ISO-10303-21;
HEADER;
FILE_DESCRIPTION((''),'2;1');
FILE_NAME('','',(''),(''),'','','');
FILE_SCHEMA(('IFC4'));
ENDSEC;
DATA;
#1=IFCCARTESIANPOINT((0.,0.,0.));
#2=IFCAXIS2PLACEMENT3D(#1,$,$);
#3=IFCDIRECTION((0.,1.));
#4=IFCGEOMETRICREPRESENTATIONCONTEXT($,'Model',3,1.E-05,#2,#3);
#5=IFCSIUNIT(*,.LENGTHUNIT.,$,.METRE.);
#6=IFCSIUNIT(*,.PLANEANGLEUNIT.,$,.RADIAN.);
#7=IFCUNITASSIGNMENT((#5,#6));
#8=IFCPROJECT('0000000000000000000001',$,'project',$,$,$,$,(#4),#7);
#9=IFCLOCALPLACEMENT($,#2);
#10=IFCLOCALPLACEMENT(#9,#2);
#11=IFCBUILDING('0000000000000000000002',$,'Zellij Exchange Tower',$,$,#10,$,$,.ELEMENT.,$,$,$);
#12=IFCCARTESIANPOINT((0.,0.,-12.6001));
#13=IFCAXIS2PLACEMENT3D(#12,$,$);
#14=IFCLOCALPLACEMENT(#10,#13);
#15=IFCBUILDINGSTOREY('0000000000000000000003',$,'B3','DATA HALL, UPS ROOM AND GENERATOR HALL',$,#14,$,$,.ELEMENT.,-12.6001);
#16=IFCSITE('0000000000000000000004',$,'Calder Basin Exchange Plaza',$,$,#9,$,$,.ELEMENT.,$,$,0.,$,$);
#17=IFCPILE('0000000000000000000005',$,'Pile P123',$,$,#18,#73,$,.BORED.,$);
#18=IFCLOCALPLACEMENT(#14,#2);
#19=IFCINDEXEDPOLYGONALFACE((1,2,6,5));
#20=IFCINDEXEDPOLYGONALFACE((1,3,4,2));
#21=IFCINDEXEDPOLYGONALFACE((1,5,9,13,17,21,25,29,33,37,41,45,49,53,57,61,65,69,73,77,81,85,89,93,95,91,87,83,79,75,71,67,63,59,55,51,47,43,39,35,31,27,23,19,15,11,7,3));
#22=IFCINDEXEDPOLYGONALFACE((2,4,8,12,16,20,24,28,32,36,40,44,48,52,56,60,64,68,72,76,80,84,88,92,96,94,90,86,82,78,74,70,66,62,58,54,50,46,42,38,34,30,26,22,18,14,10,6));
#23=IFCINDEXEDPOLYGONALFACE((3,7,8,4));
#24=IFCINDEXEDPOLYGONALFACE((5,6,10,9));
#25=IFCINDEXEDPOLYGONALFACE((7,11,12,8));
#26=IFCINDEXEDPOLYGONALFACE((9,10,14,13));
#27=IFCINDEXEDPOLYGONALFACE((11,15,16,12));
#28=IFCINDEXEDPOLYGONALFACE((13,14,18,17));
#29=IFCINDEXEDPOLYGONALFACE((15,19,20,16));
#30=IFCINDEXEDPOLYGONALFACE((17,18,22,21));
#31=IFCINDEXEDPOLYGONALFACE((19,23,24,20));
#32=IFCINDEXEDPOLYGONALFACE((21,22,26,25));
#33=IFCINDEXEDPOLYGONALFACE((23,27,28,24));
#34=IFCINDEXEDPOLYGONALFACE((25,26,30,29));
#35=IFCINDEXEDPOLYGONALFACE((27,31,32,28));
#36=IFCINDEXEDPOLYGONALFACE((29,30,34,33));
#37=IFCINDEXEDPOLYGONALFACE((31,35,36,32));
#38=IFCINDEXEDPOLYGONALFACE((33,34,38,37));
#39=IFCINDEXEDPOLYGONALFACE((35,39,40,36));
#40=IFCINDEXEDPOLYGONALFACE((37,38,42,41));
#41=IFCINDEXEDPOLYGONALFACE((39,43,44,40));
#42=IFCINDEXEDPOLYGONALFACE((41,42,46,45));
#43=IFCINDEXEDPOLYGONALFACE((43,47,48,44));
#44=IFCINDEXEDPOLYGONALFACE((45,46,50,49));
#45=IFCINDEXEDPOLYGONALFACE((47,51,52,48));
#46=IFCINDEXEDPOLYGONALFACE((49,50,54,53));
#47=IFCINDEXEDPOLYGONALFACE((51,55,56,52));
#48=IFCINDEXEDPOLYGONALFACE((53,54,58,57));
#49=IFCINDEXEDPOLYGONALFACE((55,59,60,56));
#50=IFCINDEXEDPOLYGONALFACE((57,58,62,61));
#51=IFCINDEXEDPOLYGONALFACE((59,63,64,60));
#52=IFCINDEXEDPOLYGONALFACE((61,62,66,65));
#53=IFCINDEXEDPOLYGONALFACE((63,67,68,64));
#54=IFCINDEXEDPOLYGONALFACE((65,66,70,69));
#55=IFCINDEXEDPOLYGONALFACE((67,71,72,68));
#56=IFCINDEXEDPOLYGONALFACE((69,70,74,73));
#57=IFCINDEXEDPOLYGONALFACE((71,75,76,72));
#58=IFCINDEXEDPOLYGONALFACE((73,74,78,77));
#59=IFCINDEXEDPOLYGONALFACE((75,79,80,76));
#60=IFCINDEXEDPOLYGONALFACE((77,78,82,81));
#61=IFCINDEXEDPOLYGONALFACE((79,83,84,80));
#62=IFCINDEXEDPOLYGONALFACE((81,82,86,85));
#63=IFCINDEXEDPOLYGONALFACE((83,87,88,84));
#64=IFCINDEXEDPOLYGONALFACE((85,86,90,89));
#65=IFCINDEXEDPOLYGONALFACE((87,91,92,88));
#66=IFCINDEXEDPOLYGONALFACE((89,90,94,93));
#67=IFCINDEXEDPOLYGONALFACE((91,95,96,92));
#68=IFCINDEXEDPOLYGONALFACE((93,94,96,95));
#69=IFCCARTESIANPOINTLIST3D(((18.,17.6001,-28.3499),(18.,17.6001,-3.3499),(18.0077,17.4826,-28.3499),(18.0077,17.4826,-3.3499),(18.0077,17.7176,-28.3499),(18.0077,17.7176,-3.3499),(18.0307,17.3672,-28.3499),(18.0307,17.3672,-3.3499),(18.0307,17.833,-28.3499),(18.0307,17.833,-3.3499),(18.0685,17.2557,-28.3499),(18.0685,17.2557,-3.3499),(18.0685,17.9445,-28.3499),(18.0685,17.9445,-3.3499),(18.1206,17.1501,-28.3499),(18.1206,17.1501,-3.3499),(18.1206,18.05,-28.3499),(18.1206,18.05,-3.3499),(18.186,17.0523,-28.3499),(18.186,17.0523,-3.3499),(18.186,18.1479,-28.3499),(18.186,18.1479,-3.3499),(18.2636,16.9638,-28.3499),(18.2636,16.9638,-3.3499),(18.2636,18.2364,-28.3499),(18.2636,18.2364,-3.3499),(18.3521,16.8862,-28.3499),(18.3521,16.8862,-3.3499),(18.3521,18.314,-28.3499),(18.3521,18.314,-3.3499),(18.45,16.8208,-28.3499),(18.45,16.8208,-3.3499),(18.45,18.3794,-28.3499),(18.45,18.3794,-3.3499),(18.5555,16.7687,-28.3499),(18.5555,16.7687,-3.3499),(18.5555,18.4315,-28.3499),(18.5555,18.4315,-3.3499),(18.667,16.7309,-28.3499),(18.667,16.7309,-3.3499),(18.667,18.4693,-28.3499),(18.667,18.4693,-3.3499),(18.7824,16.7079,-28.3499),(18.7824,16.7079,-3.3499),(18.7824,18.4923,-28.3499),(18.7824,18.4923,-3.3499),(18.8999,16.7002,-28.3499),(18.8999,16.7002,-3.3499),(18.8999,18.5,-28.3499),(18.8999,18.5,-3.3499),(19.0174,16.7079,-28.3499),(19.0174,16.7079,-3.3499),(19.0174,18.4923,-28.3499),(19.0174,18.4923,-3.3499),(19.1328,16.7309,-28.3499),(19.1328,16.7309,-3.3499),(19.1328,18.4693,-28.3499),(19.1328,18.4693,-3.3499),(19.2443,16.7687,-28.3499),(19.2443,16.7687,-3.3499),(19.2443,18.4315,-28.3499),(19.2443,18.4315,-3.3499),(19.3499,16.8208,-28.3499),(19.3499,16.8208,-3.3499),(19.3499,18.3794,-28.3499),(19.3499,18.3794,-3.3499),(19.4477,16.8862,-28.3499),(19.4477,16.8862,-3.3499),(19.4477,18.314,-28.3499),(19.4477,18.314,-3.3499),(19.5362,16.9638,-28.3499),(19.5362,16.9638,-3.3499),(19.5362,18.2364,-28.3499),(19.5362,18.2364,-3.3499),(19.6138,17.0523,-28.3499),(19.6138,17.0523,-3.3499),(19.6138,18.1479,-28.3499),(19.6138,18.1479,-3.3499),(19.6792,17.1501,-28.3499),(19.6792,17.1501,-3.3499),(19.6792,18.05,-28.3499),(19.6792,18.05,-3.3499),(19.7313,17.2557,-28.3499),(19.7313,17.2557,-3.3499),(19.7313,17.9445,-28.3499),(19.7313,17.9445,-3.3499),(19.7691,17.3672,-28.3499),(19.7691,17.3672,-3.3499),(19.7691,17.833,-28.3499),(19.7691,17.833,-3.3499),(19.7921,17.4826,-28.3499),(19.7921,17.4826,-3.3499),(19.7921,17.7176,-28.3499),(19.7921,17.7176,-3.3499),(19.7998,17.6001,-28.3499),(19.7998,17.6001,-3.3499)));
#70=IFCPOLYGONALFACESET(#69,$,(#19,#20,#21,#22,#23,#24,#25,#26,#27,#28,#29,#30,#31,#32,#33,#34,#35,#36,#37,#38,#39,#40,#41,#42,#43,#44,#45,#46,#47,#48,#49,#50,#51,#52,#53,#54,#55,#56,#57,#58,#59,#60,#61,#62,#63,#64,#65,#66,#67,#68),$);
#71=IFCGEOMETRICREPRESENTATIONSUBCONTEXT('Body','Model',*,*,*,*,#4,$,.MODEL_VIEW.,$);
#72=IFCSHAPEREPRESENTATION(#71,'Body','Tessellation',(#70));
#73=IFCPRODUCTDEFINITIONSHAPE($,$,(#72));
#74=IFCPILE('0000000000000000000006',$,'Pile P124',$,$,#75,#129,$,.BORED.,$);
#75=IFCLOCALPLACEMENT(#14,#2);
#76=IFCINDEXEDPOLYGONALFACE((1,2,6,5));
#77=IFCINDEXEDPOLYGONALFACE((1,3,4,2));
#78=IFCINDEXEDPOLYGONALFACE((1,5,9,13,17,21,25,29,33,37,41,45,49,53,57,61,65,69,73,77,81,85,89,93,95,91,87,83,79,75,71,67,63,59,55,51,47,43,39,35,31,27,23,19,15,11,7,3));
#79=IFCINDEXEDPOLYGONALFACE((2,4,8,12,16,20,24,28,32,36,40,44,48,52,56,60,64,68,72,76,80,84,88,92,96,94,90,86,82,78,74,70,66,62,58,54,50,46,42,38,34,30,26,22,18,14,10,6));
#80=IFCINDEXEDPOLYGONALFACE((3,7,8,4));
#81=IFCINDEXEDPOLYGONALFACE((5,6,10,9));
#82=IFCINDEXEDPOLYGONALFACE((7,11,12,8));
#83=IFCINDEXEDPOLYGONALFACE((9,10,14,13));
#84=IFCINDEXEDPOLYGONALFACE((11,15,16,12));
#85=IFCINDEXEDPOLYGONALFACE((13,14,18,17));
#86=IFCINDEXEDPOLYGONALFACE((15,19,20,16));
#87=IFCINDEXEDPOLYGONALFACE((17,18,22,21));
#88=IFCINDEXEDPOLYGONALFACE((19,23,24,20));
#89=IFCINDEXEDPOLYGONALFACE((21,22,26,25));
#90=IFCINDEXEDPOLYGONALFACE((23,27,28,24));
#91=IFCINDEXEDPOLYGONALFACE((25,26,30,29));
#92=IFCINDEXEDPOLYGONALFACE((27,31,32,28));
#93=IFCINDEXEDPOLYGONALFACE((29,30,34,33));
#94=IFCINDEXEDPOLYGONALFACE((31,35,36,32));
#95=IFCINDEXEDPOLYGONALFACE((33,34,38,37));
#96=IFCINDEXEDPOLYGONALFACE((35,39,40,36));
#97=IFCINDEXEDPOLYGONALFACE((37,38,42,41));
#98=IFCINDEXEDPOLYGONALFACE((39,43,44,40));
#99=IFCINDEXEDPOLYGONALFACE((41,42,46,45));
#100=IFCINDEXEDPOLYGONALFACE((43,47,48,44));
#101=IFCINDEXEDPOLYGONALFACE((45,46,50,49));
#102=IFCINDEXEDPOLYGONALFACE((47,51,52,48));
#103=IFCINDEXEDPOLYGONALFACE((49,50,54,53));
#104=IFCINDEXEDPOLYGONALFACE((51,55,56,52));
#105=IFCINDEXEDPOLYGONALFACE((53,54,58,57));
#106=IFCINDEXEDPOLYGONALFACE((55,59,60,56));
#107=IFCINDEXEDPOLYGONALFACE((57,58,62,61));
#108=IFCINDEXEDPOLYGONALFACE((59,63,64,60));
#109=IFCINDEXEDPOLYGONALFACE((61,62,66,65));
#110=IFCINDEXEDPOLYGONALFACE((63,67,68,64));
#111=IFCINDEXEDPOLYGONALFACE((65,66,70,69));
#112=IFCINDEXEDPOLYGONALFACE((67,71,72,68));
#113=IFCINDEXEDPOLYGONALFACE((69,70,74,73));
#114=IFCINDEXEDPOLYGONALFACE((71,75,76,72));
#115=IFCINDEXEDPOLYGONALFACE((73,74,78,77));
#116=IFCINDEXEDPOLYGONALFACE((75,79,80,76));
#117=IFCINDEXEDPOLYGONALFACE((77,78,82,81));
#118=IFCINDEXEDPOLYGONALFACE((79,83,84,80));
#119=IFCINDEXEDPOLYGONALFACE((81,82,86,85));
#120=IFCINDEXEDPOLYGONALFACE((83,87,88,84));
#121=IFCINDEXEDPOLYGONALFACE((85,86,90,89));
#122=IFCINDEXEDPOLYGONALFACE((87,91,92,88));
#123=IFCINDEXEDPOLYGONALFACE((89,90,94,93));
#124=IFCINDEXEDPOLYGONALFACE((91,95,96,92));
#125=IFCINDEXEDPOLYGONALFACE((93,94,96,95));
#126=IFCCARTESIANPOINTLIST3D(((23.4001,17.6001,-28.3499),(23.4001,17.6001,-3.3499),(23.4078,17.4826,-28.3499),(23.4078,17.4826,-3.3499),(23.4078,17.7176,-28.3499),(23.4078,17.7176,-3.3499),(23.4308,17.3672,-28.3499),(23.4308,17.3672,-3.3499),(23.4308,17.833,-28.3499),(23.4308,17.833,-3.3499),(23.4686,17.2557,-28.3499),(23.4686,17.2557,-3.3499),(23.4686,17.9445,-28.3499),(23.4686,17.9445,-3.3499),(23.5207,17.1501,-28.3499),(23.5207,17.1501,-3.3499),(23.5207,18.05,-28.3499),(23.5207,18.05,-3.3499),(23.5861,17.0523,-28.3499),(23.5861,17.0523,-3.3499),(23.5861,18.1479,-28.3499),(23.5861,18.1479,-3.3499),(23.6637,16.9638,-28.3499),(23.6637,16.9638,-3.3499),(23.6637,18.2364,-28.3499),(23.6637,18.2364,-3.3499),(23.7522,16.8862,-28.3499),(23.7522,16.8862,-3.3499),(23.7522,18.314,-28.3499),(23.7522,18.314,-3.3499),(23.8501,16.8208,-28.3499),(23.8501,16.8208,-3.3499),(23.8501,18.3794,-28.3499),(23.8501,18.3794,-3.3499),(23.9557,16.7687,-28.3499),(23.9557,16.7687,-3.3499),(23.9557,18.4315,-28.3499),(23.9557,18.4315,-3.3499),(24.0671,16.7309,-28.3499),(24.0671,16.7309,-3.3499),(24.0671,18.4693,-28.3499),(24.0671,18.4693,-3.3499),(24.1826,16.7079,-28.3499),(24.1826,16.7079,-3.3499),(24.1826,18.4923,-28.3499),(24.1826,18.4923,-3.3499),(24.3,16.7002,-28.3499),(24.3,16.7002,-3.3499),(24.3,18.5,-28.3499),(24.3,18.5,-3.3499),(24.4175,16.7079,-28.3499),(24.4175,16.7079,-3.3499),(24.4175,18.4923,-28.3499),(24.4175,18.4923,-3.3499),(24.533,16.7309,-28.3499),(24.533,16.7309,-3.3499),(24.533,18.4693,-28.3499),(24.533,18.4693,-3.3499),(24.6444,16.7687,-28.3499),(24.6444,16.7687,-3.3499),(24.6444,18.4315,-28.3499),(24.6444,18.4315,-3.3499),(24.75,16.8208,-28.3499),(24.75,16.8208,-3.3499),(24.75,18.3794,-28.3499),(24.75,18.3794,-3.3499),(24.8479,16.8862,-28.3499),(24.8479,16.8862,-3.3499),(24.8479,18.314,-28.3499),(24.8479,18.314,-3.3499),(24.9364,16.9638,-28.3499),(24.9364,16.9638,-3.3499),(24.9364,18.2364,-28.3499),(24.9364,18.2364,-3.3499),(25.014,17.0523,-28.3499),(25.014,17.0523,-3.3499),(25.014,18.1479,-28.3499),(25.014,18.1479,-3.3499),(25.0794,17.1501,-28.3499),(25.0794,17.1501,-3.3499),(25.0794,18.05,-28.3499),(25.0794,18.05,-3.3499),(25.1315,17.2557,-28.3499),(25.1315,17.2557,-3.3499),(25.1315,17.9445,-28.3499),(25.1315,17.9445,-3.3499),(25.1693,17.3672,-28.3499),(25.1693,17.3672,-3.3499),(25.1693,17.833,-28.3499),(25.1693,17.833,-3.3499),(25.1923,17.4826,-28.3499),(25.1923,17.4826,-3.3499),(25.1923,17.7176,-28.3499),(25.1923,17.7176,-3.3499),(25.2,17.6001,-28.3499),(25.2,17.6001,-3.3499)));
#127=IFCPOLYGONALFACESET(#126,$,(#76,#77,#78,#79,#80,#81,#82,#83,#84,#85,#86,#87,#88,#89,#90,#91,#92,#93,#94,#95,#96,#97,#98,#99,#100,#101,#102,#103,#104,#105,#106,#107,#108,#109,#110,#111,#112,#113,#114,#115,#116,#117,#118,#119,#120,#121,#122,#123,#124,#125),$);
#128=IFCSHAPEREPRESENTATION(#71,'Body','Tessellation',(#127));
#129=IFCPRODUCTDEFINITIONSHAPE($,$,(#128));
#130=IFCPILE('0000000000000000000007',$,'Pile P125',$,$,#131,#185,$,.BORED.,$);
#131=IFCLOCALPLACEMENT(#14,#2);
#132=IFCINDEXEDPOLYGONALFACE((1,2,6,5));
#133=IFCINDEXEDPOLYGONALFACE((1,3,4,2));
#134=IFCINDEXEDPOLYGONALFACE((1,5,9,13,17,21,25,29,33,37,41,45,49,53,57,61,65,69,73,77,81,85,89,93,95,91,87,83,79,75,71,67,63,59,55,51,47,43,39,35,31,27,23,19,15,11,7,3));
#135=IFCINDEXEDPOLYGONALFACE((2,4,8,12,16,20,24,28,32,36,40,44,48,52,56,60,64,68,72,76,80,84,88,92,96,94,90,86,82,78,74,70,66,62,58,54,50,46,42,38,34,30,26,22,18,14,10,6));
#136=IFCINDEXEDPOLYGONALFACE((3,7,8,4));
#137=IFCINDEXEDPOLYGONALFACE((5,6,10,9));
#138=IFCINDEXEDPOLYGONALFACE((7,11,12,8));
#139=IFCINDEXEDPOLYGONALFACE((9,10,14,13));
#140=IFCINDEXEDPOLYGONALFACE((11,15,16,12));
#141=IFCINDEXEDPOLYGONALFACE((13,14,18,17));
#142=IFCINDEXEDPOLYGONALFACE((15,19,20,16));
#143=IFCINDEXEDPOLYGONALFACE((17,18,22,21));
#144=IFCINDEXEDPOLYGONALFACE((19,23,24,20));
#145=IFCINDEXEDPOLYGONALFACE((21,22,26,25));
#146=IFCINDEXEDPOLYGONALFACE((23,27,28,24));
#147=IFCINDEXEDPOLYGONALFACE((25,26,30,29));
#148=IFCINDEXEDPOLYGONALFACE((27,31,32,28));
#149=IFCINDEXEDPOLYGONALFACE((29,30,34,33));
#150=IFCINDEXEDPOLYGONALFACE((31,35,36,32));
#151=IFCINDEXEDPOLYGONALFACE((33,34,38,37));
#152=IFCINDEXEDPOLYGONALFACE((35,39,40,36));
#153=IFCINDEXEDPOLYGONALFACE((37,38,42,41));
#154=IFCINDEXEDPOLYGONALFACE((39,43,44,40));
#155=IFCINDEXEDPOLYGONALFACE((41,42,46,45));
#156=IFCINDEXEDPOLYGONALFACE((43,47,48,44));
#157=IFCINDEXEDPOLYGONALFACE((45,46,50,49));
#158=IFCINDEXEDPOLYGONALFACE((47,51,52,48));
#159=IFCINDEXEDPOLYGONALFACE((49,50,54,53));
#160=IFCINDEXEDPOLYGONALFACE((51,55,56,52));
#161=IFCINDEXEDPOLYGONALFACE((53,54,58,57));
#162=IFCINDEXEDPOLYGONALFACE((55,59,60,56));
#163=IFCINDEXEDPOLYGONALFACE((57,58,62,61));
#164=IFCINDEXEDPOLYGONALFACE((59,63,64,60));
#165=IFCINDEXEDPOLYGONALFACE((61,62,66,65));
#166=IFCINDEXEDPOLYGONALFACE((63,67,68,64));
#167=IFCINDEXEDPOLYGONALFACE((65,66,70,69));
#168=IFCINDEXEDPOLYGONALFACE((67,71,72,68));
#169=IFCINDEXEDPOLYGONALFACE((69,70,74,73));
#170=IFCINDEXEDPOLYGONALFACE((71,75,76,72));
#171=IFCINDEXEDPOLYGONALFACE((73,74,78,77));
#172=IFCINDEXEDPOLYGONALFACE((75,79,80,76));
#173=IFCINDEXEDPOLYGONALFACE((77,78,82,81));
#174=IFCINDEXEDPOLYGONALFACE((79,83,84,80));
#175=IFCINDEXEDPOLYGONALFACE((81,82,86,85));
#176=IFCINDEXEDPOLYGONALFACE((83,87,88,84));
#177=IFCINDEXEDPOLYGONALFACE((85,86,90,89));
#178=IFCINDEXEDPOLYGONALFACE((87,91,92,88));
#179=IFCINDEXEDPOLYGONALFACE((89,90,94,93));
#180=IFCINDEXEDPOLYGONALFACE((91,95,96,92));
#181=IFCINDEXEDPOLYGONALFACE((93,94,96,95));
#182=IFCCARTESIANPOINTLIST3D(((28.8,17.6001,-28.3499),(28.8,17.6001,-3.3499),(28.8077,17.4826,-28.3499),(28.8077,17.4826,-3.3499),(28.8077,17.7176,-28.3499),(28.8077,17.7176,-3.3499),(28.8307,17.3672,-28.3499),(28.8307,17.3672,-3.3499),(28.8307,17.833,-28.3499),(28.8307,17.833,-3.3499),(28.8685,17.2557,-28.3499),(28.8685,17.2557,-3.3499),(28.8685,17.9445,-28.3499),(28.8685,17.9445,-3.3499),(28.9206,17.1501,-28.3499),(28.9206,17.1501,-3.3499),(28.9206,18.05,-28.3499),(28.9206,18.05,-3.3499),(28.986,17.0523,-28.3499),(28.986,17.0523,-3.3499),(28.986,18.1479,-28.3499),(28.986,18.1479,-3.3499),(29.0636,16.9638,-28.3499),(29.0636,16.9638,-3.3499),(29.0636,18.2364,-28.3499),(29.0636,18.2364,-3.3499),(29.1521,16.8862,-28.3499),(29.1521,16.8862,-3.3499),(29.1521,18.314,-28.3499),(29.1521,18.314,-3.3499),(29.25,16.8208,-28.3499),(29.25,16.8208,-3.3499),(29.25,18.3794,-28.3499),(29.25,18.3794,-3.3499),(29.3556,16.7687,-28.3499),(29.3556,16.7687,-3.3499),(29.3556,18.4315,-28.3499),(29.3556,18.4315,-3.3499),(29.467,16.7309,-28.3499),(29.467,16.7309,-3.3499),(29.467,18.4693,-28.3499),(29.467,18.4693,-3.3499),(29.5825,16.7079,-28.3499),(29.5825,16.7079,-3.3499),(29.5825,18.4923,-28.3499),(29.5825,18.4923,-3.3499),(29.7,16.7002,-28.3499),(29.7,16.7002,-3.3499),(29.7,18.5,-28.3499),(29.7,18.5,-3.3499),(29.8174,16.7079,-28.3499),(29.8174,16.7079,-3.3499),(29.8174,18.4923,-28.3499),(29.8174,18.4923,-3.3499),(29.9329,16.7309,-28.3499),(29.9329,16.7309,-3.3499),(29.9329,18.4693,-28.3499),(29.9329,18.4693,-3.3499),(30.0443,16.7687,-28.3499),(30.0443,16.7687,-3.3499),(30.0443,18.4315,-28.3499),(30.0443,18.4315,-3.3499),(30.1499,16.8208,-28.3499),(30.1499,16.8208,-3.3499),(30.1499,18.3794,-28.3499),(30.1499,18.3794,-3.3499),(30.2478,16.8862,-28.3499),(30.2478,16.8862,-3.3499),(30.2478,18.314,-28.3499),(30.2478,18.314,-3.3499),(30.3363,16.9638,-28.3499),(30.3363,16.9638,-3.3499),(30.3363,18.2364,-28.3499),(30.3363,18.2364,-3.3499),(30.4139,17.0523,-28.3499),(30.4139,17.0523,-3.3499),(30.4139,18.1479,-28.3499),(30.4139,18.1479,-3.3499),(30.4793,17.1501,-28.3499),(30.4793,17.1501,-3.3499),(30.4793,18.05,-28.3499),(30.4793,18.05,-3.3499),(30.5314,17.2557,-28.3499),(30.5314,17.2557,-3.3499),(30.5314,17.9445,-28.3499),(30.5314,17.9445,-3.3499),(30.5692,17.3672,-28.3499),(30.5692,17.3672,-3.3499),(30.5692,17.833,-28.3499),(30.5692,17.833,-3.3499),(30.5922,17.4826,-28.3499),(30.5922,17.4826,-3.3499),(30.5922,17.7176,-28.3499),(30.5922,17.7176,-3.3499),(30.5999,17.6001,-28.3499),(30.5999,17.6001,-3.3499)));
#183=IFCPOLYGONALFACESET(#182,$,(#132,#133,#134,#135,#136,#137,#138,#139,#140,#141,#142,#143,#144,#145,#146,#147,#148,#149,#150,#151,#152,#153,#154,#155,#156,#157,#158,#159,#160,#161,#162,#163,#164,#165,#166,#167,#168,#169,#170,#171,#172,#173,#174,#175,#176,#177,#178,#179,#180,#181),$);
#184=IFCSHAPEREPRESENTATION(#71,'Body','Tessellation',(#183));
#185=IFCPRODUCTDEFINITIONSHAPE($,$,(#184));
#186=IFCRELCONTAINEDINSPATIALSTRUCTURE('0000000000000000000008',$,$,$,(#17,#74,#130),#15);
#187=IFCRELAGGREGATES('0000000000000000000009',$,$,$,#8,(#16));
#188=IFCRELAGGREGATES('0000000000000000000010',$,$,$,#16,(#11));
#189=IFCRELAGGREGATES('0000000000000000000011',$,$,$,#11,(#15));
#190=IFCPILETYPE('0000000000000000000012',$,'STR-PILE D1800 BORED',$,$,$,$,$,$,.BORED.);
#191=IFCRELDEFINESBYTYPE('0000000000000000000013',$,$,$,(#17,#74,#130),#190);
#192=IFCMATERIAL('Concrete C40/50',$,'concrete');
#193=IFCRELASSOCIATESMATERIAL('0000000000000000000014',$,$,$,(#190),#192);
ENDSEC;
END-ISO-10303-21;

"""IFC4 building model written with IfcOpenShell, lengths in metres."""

from ifc_helpers import new_model, si_unit, direction, frame, origin, origin_2d, place, context, subcontext, project, spatial, circle, extrude, material, material_profile, profile_set, type_object, element, save


model = new_model("IFC4")

# Units and contexts
model_context = context("Model", 3, precision=1e-05, world=origin(), true_north=direction((0.0, 1.0)))
body_context = subcontext(model_context, "Body", "Model", "MODEL_VIEW")
ifc_project = project(units=[si_unit("LENGTHUNIT", "METRE"), si_unit("PLANEANGLEUNIT", "RADIAN")], contexts=[model_context])

# Site, building, storey
site_placement = place(None, origin())
site = spatial("IfcSite", under=ifc_project, at=site_placement, Name="Calder Basin Exchange Plaza", CompositionType="ELEMENT", RefElevation=0.0)
building_placement = place(site_placement, origin())
building = spatial("IfcBuilding", under=site, at=building_placement, Name="Zellij Exchange Tower", CompositionType="ELEMENT")
storey_placement = place(building_placement, frame((0.0, 0.0, -12.6001)))
storey = spatial("IfcBuildingStorey", under=building, at=storey_placement, Name="B3", Description="DATA HALL, UPS ROOM AND GENERATOR HALL", CompositionType="ELEMENT", Elevation=-12.6001)

# Piles
ifc_material_1 = material(Name="Concrete C40/50", Category="concrete")
ifc_material_profile_1 = material_profile(ifc_material_1, circle(Radius=0.8999, at=origin_2d()), Name="STR-PILE D1800 BORED")
ifc_profile_set_1 = profile_set([ifc_material_profile_1], Name="Concrete C40/50")
pile_type = type_object("IfcPileType", Name="STR-PILE D1800 BORED", PredefinedType="BORED", material=ifc_profile_set_1)
for number, where, z_axis, x_axis, name in (
    (1, (18.8999, 17.6001, -3.3499), (0.0, 0.0, -1.0), (1.0, 0.0, 0.0), "Pile P123"),
    (2, (24.3, 17.6001, -3.3499), (0.0, 0.0, -1.0), (1.0, 0.0, 0.0), "Pile P124"),
    (3, (29.7, 17.6001, -3.3499), (0.0, 0.0, -1.0), (1.0, 0.0, 0.0), "Pile P125"),
):
    element("IfcPile", number, at=place(storey_placement, frame(where, z_axis=z_axis, x_axis=x_axis)), inside=storey, type_object=pile_type, Name=name, PredefinedType="BORED", context=body_context, shape_type="SweptSolid", body=[
        extrude(circle(Radius=0.8999, at=origin_2d()), origin(), (0.0, 0.0, 1.0), 25.0),
    ])

save(model, "model.ifc")
